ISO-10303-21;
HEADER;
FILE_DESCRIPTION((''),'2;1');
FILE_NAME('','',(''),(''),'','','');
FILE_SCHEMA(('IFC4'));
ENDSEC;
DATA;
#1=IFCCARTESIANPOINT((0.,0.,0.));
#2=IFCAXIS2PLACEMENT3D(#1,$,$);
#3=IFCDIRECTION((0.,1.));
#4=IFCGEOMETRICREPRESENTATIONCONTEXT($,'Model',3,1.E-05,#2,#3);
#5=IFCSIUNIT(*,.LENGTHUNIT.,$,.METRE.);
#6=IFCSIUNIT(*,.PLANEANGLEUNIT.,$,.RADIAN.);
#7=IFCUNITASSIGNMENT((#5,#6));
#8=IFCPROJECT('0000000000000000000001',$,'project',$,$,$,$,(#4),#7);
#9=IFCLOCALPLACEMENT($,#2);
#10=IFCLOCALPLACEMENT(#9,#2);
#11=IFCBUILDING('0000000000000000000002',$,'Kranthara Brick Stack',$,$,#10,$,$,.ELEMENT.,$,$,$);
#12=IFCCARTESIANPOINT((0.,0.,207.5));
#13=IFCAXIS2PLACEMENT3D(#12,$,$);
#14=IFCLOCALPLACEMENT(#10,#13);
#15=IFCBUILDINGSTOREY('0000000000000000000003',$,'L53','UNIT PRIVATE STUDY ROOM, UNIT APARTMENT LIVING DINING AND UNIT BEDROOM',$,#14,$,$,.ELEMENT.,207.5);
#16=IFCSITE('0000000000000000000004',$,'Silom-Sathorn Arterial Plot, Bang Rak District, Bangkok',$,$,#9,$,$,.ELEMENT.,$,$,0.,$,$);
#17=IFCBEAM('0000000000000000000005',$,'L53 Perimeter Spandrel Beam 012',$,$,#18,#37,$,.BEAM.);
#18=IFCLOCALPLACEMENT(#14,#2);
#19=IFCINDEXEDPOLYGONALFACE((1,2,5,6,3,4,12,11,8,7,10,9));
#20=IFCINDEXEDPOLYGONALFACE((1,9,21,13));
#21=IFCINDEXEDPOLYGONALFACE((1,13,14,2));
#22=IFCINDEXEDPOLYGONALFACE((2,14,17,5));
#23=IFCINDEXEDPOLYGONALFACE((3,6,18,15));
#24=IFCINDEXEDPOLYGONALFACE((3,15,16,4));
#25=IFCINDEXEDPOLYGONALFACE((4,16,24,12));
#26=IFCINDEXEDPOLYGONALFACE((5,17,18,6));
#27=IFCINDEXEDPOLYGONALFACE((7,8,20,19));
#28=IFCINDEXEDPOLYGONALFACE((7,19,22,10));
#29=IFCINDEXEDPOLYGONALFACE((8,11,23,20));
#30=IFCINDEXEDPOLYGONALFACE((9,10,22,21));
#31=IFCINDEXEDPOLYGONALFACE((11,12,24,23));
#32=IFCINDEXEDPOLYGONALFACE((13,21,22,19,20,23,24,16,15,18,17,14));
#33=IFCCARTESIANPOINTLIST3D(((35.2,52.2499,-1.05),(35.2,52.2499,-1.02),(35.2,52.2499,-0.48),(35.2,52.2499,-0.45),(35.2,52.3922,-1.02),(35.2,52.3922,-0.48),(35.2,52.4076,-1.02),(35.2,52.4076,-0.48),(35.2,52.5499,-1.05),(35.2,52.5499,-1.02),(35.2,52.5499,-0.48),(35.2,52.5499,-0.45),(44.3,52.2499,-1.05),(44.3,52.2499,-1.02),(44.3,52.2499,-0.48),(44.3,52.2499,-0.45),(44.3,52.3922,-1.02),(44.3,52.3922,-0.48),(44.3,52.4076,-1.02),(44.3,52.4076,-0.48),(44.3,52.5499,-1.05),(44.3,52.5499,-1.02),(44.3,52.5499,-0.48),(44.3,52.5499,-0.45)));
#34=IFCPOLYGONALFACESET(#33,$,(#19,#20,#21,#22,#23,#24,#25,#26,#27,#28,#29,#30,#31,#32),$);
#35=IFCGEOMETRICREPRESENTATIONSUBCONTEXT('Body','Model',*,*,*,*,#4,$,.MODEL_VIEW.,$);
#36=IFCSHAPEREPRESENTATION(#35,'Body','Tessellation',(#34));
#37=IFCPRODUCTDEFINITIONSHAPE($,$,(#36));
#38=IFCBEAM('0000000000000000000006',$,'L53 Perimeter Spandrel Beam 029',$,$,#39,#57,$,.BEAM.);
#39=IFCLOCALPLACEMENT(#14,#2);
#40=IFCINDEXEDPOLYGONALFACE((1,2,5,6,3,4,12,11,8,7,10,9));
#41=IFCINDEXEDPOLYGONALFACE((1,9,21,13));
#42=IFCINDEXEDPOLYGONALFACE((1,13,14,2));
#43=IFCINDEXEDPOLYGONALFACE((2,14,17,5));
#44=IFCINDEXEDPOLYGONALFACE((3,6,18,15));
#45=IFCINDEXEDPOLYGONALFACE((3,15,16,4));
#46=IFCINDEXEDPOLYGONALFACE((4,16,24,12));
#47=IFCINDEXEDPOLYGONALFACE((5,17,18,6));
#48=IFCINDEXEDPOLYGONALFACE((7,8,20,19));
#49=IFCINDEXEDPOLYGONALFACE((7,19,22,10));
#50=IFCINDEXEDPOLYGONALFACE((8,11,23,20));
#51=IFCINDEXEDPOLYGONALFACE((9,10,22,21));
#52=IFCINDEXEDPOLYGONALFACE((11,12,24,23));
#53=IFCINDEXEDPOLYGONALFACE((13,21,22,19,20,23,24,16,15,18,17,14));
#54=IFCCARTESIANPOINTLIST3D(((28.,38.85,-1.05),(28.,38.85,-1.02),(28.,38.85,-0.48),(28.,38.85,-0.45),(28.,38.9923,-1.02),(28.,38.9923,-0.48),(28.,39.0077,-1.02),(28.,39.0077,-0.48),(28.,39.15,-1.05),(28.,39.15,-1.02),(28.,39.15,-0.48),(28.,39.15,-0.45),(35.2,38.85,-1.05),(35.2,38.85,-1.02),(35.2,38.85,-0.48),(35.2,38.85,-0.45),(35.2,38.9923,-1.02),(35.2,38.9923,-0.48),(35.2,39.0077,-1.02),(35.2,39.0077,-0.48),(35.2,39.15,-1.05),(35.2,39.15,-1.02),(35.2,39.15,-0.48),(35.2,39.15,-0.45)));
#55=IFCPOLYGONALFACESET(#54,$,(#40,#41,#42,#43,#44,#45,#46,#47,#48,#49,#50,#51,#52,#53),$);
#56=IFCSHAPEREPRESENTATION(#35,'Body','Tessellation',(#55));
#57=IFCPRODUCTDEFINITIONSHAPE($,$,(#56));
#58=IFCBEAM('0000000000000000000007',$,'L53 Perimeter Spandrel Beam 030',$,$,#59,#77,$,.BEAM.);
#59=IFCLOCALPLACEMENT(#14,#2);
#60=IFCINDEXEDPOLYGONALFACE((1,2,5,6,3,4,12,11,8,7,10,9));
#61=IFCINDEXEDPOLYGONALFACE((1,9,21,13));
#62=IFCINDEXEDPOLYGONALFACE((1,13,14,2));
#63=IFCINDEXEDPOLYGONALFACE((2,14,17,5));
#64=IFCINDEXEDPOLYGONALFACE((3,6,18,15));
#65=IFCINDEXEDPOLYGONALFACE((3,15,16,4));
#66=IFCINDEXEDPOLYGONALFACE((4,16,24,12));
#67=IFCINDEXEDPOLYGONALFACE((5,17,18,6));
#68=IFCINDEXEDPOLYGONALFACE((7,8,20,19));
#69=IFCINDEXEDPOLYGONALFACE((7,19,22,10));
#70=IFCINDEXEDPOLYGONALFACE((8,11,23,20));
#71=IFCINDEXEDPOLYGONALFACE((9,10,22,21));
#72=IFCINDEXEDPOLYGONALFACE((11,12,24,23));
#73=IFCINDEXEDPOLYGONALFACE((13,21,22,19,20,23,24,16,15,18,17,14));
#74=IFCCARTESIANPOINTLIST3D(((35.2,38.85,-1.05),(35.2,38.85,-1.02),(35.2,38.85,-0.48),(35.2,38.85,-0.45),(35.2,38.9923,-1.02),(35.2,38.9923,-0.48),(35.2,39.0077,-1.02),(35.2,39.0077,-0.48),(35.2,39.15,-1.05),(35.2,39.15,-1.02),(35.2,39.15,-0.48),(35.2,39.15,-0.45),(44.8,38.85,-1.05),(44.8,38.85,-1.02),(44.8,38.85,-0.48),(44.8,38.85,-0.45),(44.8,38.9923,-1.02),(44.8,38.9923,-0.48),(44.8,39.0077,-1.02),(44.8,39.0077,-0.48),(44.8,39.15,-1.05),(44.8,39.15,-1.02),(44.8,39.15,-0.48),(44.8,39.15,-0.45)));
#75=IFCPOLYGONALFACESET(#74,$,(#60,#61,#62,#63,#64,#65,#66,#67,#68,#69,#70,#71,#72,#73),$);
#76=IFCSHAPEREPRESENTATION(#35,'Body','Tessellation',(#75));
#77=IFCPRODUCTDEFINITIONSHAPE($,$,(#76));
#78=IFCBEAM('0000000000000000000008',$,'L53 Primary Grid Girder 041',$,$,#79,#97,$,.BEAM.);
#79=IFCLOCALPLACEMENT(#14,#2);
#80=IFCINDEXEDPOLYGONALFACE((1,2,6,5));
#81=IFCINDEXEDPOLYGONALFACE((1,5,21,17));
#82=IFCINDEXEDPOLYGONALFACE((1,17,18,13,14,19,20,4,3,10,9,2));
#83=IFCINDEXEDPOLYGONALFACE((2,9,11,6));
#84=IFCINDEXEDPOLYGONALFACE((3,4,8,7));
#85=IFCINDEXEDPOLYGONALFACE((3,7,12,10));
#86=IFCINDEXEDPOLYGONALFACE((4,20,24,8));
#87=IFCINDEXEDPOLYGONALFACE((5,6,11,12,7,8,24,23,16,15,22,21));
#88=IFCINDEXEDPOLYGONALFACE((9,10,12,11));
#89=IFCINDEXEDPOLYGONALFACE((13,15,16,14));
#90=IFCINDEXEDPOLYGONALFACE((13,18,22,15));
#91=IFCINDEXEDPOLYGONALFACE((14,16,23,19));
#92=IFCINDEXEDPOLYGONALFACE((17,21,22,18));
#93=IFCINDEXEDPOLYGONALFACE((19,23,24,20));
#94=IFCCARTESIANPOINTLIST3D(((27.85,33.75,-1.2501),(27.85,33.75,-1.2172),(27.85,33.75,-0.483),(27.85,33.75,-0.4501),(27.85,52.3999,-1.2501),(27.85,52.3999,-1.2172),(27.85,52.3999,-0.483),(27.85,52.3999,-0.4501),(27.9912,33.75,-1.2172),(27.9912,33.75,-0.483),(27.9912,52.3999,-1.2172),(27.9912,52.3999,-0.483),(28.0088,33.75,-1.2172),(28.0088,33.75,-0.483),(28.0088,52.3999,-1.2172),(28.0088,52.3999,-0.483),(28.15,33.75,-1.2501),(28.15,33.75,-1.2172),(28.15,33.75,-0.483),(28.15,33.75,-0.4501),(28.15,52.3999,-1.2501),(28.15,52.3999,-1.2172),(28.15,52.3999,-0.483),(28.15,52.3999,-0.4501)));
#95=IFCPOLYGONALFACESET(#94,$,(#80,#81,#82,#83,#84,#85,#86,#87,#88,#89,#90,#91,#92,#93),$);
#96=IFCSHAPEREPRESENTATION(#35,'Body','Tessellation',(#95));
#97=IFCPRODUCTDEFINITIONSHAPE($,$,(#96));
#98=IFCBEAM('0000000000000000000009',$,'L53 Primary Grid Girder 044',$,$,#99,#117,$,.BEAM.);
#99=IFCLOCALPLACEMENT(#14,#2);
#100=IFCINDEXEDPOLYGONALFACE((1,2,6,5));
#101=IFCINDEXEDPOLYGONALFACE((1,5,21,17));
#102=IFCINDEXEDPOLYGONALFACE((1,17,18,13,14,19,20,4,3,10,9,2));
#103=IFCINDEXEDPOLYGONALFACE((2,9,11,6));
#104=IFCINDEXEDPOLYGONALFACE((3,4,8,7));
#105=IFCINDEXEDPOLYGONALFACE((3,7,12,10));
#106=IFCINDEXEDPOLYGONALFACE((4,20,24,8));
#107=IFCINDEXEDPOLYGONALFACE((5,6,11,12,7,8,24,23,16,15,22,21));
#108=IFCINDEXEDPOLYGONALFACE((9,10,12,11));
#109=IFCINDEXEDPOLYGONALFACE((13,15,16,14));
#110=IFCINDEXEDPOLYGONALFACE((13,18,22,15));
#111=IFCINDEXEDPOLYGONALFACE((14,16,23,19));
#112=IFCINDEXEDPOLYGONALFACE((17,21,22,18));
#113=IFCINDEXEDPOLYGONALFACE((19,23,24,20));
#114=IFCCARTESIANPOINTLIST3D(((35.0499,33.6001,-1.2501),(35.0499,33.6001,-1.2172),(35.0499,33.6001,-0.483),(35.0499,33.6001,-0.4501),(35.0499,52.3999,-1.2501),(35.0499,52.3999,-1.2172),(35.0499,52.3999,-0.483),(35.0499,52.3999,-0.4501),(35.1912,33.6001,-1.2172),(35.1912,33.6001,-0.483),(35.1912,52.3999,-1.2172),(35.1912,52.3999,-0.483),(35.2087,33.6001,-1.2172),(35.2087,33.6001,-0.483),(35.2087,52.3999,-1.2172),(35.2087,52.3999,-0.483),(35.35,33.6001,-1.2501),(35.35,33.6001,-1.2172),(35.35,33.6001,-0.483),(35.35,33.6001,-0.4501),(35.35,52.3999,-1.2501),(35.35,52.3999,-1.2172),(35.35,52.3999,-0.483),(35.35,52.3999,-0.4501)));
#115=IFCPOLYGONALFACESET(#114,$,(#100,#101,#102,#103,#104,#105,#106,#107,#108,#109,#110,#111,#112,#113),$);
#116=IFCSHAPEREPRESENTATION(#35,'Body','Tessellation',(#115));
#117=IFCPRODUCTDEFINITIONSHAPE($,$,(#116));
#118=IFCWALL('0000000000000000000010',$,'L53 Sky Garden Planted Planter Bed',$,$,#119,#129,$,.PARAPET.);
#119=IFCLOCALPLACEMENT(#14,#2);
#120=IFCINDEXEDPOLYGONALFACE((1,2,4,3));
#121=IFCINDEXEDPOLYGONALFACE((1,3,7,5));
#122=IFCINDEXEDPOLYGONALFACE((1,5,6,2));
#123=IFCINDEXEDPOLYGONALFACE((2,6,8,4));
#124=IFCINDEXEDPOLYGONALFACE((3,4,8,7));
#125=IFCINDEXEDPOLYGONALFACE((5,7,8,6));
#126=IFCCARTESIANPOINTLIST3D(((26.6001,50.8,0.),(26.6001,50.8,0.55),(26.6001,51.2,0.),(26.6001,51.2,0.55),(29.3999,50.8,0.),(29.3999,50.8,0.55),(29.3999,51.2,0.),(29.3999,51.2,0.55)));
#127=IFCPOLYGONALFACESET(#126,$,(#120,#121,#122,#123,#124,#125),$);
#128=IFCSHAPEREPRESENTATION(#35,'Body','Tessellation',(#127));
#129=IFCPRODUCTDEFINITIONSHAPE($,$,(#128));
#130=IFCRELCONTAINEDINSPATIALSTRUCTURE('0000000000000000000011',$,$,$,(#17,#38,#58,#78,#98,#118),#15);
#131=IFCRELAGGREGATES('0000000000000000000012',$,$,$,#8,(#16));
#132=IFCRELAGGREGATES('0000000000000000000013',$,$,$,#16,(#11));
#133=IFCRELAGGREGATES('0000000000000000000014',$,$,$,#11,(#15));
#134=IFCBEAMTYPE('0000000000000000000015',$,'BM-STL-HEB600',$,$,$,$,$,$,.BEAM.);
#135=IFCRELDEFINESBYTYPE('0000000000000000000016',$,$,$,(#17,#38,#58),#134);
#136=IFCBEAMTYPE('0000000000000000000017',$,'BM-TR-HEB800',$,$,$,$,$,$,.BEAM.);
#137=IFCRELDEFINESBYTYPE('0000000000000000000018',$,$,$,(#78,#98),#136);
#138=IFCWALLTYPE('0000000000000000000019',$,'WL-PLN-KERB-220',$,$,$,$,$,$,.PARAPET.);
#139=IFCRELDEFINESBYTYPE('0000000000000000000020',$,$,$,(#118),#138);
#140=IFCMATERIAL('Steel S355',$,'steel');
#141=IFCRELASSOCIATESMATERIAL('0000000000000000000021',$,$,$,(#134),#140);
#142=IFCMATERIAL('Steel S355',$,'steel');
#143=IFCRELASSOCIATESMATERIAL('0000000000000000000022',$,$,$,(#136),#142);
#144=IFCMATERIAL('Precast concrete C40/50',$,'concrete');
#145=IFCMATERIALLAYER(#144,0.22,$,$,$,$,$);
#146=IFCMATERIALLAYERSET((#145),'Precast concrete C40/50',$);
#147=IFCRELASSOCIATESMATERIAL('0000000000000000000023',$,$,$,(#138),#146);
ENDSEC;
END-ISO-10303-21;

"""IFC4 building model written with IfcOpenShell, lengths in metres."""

from ifc_helpers import new_model, si_unit, direction, frame, frame_2d, origin, origin_2d, place, context, subcontext, project, spatial, rectangle, i_section, extrude, material, layer, layer_set, material_profile, profile_set, type_object, element, save


model = new_model("IFC4")

# Units and contexts
model_context = context("Model", 3, precision=1e-05, world=origin(), true_north=direction((0.0, 1.0)))
body_context = subcontext(model_context, "Body", "Model", "MODEL_VIEW")
ifc_project = project(units=[si_unit("LENGTHUNIT", "METRE"), si_unit("PLANEANGLEUNIT", "RADIAN")], contexts=[model_context])

# Site, building, storey
site_placement = place(None, origin())
site = spatial("IfcSite", under=ifc_project, at=site_placement, Name="Silom-Sathorn Arterial Plot, Bang Rak District, Bangkok", CompositionType="ELEMENT", RefElevation=0.0)
building_placement = place(site_placement, origin())
building = spatial("IfcBuilding", under=site, at=building_placement, Name="Kranthara Brick Stack", CompositionType="ELEMENT")
storey_placement = place(building_placement, frame((0.0, 0.0, 207.5)))
storey = spatial("IfcBuildingStorey", under=building, at=storey_placement, Name="L53", Description="UNIT PRIVATE STUDY ROOM, UNIT APARTMENT LIVING DINING AND UNIT BEDROOM", CompositionType="ELEMENT", Elevation=207.5)

# Beams
ifc_material_1 = material(Name="Steel S355", Category="steel")
ifc_material_profile_1 = material_profile(ifc_material_1, i_section(OverallWidth=0.3, OverallDepth=0.6001, WebThickness=0.0154, FlangeThickness=0.03, at=origin_2d()), Name="HEB 600")
ifc_profile_set_1 = profile_set([ifc_material_profile_1], Name="Steel S355")
beam_type_1 = type_object("IfcBeamType", Name="BM-STL-HEB600", PredefinedType="BEAM", material=ifc_profile_set_1)
beam_1_placement = place(storey_placement, frame((35.2, 52.3999, -0.75), z_axis=(1.0, 0.0, 0.0), x_axis=(0.0, 1.0, 0.0)))
element("IfcBeam", 1, at=beam_1_placement, inside=storey, type_object=beam_type_1, Name="L53 Perimeter Spandrel Beam 012", PredefinedType="BEAM", context=body_context, shape_type="SweptSolid", body=[
    extrude(i_section(OverallWidth=0.3, OverallDepth=0.6001, WebThickness=0.0154, FlangeThickness=0.03, at=origin_2d()), origin(), (0.0, 0.0, 1.0), 9.1001),
])
beam_2_placement = place(storey_placement, frame((28.0, 39.0, -0.75), z_axis=(1.0, 0.0, 0.0), x_axis=(0.0, 1.0, 0.0)))
element("IfcBeam", 2, at=beam_2_placement, inside=storey, type_object=beam_type_1, Name="L53 Perimeter Spandrel Beam 029", PredefinedType="BEAM", context=body_context, shape_type="SweptSolid", body=[
    extrude(i_section(OverallWidth=0.3, OverallDepth=0.6001, WebThickness=0.0154, FlangeThickness=0.03, at=origin_2d()), origin(), (0.0, 0.0, 1.0), 7.2),
])
beam_3_placement = place(storey_placement, frame((35.2, 39.0, -0.75), z_axis=(1.0, 0.0, 0.0), x_axis=(0.0, 1.0, 0.0)))
element("IfcBeam", 3, at=beam_3_placement, inside=storey, type_object=beam_type_1, Name="L53 Perimeter Spandrel Beam 030", PredefinedType="BEAM", context=body_context, shape_type="SweptSolid", body=[
    extrude(i_section(OverallWidth=0.3, OverallDepth=0.6001, WebThickness=0.0154, FlangeThickness=0.03, at=origin_2d()), origin(), (0.0, 0.0, 1.0), 9.6001),
])
ifc_material_2 = material(Name="Steel S355", Category="steel")
ifc_material_profile_2 = material_profile(ifc_material_2, i_section(OverallWidth=0.3, OverallDepth=0.8, WebThickness=0.0176, FlangeThickness=0.033, at=origin_2d()), Name="HEB 800")
ifc_profile_set_2 = profile_set([ifc_material_profile_2], Name="Steel S355")
beam_type_2 = type_object("IfcBeamType", Name="BM-TR-HEB800", PredefinedType="BEAM", material=ifc_profile_set_2)
beam_4_placement = place(storey_placement, frame((28.0, 33.75, -0.8501), z_axis=(0.0, 1.0, 0.0), x_axis=(-1.0, 0.0, 0.0)))
element("IfcBeam", 4, at=beam_4_placement, inside=storey, type_object=beam_type_2, Name="L53 Primary Grid Girder 041", PredefinedType="BEAM", context=body_context, shape_type="SweptSolid", body=[
    extrude(i_section(OverallWidth=0.3, OverallDepth=0.8, WebThickness=0.0176, FlangeThickness=0.033, at=origin_2d()), origin(), (0.0, 0.0, 1.0), 18.6499),
])
beam_5_placement = place(storey_placement, frame((35.2, 33.6001, -0.8501), z_axis=(0.0, 1.0, 0.0), x_axis=(-1.0, 0.0, 0.0)))
element("IfcBeam", 5, at=beam_5_placement, inside=storey, type_object=beam_type_2, Name="L53 Primary Grid Girder 044", PredefinedType="BEAM", context=body_context, shape_type="SweptSolid", body=[
    extrude(i_section(OverallWidth=0.3, OverallDepth=0.8, WebThickness=0.0176, FlangeThickness=0.033, at=origin_2d()), origin(), (0.0, 0.0, 1.0), 18.7998),
])

# Wall
ifc_material_3 = material(Name="Precast concrete C40/50", Category="concrete")
ifc_layer_1 = layer(ifc_material_3, 0.22)
ifc_layer_set_1 = layer_set([ifc_layer_1], Name="Precast concrete C40/50")
wall_type_1 = type_object("IfcWallType", Name="WL-PLN-KERB-220", PredefinedType="PARAPET", material=ifc_layer_set_1)
wall_1_placement = place(storey_placement, frame((26.6001, 51.0, 0.0), z_axis=(0.0, 0.0, 1.0), x_axis=(1.0, 0.0, 0.0)))
element("IfcWall", 6, at=wall_1_placement, inside=storey, type_object=wall_type_1, Name="L53 Sky Garden Planted Planter Bed", PredefinedType="PARAPET", context=body_context, shape_type="SweptSolid", body=[
    extrude(rectangle(XDim=2.7998, YDim=0.3999, at=frame_2d((1.3999, 0.0))), origin(), (0.0, 0.0, 1.0), 0.55),
])

save(model, "model.ifc")
